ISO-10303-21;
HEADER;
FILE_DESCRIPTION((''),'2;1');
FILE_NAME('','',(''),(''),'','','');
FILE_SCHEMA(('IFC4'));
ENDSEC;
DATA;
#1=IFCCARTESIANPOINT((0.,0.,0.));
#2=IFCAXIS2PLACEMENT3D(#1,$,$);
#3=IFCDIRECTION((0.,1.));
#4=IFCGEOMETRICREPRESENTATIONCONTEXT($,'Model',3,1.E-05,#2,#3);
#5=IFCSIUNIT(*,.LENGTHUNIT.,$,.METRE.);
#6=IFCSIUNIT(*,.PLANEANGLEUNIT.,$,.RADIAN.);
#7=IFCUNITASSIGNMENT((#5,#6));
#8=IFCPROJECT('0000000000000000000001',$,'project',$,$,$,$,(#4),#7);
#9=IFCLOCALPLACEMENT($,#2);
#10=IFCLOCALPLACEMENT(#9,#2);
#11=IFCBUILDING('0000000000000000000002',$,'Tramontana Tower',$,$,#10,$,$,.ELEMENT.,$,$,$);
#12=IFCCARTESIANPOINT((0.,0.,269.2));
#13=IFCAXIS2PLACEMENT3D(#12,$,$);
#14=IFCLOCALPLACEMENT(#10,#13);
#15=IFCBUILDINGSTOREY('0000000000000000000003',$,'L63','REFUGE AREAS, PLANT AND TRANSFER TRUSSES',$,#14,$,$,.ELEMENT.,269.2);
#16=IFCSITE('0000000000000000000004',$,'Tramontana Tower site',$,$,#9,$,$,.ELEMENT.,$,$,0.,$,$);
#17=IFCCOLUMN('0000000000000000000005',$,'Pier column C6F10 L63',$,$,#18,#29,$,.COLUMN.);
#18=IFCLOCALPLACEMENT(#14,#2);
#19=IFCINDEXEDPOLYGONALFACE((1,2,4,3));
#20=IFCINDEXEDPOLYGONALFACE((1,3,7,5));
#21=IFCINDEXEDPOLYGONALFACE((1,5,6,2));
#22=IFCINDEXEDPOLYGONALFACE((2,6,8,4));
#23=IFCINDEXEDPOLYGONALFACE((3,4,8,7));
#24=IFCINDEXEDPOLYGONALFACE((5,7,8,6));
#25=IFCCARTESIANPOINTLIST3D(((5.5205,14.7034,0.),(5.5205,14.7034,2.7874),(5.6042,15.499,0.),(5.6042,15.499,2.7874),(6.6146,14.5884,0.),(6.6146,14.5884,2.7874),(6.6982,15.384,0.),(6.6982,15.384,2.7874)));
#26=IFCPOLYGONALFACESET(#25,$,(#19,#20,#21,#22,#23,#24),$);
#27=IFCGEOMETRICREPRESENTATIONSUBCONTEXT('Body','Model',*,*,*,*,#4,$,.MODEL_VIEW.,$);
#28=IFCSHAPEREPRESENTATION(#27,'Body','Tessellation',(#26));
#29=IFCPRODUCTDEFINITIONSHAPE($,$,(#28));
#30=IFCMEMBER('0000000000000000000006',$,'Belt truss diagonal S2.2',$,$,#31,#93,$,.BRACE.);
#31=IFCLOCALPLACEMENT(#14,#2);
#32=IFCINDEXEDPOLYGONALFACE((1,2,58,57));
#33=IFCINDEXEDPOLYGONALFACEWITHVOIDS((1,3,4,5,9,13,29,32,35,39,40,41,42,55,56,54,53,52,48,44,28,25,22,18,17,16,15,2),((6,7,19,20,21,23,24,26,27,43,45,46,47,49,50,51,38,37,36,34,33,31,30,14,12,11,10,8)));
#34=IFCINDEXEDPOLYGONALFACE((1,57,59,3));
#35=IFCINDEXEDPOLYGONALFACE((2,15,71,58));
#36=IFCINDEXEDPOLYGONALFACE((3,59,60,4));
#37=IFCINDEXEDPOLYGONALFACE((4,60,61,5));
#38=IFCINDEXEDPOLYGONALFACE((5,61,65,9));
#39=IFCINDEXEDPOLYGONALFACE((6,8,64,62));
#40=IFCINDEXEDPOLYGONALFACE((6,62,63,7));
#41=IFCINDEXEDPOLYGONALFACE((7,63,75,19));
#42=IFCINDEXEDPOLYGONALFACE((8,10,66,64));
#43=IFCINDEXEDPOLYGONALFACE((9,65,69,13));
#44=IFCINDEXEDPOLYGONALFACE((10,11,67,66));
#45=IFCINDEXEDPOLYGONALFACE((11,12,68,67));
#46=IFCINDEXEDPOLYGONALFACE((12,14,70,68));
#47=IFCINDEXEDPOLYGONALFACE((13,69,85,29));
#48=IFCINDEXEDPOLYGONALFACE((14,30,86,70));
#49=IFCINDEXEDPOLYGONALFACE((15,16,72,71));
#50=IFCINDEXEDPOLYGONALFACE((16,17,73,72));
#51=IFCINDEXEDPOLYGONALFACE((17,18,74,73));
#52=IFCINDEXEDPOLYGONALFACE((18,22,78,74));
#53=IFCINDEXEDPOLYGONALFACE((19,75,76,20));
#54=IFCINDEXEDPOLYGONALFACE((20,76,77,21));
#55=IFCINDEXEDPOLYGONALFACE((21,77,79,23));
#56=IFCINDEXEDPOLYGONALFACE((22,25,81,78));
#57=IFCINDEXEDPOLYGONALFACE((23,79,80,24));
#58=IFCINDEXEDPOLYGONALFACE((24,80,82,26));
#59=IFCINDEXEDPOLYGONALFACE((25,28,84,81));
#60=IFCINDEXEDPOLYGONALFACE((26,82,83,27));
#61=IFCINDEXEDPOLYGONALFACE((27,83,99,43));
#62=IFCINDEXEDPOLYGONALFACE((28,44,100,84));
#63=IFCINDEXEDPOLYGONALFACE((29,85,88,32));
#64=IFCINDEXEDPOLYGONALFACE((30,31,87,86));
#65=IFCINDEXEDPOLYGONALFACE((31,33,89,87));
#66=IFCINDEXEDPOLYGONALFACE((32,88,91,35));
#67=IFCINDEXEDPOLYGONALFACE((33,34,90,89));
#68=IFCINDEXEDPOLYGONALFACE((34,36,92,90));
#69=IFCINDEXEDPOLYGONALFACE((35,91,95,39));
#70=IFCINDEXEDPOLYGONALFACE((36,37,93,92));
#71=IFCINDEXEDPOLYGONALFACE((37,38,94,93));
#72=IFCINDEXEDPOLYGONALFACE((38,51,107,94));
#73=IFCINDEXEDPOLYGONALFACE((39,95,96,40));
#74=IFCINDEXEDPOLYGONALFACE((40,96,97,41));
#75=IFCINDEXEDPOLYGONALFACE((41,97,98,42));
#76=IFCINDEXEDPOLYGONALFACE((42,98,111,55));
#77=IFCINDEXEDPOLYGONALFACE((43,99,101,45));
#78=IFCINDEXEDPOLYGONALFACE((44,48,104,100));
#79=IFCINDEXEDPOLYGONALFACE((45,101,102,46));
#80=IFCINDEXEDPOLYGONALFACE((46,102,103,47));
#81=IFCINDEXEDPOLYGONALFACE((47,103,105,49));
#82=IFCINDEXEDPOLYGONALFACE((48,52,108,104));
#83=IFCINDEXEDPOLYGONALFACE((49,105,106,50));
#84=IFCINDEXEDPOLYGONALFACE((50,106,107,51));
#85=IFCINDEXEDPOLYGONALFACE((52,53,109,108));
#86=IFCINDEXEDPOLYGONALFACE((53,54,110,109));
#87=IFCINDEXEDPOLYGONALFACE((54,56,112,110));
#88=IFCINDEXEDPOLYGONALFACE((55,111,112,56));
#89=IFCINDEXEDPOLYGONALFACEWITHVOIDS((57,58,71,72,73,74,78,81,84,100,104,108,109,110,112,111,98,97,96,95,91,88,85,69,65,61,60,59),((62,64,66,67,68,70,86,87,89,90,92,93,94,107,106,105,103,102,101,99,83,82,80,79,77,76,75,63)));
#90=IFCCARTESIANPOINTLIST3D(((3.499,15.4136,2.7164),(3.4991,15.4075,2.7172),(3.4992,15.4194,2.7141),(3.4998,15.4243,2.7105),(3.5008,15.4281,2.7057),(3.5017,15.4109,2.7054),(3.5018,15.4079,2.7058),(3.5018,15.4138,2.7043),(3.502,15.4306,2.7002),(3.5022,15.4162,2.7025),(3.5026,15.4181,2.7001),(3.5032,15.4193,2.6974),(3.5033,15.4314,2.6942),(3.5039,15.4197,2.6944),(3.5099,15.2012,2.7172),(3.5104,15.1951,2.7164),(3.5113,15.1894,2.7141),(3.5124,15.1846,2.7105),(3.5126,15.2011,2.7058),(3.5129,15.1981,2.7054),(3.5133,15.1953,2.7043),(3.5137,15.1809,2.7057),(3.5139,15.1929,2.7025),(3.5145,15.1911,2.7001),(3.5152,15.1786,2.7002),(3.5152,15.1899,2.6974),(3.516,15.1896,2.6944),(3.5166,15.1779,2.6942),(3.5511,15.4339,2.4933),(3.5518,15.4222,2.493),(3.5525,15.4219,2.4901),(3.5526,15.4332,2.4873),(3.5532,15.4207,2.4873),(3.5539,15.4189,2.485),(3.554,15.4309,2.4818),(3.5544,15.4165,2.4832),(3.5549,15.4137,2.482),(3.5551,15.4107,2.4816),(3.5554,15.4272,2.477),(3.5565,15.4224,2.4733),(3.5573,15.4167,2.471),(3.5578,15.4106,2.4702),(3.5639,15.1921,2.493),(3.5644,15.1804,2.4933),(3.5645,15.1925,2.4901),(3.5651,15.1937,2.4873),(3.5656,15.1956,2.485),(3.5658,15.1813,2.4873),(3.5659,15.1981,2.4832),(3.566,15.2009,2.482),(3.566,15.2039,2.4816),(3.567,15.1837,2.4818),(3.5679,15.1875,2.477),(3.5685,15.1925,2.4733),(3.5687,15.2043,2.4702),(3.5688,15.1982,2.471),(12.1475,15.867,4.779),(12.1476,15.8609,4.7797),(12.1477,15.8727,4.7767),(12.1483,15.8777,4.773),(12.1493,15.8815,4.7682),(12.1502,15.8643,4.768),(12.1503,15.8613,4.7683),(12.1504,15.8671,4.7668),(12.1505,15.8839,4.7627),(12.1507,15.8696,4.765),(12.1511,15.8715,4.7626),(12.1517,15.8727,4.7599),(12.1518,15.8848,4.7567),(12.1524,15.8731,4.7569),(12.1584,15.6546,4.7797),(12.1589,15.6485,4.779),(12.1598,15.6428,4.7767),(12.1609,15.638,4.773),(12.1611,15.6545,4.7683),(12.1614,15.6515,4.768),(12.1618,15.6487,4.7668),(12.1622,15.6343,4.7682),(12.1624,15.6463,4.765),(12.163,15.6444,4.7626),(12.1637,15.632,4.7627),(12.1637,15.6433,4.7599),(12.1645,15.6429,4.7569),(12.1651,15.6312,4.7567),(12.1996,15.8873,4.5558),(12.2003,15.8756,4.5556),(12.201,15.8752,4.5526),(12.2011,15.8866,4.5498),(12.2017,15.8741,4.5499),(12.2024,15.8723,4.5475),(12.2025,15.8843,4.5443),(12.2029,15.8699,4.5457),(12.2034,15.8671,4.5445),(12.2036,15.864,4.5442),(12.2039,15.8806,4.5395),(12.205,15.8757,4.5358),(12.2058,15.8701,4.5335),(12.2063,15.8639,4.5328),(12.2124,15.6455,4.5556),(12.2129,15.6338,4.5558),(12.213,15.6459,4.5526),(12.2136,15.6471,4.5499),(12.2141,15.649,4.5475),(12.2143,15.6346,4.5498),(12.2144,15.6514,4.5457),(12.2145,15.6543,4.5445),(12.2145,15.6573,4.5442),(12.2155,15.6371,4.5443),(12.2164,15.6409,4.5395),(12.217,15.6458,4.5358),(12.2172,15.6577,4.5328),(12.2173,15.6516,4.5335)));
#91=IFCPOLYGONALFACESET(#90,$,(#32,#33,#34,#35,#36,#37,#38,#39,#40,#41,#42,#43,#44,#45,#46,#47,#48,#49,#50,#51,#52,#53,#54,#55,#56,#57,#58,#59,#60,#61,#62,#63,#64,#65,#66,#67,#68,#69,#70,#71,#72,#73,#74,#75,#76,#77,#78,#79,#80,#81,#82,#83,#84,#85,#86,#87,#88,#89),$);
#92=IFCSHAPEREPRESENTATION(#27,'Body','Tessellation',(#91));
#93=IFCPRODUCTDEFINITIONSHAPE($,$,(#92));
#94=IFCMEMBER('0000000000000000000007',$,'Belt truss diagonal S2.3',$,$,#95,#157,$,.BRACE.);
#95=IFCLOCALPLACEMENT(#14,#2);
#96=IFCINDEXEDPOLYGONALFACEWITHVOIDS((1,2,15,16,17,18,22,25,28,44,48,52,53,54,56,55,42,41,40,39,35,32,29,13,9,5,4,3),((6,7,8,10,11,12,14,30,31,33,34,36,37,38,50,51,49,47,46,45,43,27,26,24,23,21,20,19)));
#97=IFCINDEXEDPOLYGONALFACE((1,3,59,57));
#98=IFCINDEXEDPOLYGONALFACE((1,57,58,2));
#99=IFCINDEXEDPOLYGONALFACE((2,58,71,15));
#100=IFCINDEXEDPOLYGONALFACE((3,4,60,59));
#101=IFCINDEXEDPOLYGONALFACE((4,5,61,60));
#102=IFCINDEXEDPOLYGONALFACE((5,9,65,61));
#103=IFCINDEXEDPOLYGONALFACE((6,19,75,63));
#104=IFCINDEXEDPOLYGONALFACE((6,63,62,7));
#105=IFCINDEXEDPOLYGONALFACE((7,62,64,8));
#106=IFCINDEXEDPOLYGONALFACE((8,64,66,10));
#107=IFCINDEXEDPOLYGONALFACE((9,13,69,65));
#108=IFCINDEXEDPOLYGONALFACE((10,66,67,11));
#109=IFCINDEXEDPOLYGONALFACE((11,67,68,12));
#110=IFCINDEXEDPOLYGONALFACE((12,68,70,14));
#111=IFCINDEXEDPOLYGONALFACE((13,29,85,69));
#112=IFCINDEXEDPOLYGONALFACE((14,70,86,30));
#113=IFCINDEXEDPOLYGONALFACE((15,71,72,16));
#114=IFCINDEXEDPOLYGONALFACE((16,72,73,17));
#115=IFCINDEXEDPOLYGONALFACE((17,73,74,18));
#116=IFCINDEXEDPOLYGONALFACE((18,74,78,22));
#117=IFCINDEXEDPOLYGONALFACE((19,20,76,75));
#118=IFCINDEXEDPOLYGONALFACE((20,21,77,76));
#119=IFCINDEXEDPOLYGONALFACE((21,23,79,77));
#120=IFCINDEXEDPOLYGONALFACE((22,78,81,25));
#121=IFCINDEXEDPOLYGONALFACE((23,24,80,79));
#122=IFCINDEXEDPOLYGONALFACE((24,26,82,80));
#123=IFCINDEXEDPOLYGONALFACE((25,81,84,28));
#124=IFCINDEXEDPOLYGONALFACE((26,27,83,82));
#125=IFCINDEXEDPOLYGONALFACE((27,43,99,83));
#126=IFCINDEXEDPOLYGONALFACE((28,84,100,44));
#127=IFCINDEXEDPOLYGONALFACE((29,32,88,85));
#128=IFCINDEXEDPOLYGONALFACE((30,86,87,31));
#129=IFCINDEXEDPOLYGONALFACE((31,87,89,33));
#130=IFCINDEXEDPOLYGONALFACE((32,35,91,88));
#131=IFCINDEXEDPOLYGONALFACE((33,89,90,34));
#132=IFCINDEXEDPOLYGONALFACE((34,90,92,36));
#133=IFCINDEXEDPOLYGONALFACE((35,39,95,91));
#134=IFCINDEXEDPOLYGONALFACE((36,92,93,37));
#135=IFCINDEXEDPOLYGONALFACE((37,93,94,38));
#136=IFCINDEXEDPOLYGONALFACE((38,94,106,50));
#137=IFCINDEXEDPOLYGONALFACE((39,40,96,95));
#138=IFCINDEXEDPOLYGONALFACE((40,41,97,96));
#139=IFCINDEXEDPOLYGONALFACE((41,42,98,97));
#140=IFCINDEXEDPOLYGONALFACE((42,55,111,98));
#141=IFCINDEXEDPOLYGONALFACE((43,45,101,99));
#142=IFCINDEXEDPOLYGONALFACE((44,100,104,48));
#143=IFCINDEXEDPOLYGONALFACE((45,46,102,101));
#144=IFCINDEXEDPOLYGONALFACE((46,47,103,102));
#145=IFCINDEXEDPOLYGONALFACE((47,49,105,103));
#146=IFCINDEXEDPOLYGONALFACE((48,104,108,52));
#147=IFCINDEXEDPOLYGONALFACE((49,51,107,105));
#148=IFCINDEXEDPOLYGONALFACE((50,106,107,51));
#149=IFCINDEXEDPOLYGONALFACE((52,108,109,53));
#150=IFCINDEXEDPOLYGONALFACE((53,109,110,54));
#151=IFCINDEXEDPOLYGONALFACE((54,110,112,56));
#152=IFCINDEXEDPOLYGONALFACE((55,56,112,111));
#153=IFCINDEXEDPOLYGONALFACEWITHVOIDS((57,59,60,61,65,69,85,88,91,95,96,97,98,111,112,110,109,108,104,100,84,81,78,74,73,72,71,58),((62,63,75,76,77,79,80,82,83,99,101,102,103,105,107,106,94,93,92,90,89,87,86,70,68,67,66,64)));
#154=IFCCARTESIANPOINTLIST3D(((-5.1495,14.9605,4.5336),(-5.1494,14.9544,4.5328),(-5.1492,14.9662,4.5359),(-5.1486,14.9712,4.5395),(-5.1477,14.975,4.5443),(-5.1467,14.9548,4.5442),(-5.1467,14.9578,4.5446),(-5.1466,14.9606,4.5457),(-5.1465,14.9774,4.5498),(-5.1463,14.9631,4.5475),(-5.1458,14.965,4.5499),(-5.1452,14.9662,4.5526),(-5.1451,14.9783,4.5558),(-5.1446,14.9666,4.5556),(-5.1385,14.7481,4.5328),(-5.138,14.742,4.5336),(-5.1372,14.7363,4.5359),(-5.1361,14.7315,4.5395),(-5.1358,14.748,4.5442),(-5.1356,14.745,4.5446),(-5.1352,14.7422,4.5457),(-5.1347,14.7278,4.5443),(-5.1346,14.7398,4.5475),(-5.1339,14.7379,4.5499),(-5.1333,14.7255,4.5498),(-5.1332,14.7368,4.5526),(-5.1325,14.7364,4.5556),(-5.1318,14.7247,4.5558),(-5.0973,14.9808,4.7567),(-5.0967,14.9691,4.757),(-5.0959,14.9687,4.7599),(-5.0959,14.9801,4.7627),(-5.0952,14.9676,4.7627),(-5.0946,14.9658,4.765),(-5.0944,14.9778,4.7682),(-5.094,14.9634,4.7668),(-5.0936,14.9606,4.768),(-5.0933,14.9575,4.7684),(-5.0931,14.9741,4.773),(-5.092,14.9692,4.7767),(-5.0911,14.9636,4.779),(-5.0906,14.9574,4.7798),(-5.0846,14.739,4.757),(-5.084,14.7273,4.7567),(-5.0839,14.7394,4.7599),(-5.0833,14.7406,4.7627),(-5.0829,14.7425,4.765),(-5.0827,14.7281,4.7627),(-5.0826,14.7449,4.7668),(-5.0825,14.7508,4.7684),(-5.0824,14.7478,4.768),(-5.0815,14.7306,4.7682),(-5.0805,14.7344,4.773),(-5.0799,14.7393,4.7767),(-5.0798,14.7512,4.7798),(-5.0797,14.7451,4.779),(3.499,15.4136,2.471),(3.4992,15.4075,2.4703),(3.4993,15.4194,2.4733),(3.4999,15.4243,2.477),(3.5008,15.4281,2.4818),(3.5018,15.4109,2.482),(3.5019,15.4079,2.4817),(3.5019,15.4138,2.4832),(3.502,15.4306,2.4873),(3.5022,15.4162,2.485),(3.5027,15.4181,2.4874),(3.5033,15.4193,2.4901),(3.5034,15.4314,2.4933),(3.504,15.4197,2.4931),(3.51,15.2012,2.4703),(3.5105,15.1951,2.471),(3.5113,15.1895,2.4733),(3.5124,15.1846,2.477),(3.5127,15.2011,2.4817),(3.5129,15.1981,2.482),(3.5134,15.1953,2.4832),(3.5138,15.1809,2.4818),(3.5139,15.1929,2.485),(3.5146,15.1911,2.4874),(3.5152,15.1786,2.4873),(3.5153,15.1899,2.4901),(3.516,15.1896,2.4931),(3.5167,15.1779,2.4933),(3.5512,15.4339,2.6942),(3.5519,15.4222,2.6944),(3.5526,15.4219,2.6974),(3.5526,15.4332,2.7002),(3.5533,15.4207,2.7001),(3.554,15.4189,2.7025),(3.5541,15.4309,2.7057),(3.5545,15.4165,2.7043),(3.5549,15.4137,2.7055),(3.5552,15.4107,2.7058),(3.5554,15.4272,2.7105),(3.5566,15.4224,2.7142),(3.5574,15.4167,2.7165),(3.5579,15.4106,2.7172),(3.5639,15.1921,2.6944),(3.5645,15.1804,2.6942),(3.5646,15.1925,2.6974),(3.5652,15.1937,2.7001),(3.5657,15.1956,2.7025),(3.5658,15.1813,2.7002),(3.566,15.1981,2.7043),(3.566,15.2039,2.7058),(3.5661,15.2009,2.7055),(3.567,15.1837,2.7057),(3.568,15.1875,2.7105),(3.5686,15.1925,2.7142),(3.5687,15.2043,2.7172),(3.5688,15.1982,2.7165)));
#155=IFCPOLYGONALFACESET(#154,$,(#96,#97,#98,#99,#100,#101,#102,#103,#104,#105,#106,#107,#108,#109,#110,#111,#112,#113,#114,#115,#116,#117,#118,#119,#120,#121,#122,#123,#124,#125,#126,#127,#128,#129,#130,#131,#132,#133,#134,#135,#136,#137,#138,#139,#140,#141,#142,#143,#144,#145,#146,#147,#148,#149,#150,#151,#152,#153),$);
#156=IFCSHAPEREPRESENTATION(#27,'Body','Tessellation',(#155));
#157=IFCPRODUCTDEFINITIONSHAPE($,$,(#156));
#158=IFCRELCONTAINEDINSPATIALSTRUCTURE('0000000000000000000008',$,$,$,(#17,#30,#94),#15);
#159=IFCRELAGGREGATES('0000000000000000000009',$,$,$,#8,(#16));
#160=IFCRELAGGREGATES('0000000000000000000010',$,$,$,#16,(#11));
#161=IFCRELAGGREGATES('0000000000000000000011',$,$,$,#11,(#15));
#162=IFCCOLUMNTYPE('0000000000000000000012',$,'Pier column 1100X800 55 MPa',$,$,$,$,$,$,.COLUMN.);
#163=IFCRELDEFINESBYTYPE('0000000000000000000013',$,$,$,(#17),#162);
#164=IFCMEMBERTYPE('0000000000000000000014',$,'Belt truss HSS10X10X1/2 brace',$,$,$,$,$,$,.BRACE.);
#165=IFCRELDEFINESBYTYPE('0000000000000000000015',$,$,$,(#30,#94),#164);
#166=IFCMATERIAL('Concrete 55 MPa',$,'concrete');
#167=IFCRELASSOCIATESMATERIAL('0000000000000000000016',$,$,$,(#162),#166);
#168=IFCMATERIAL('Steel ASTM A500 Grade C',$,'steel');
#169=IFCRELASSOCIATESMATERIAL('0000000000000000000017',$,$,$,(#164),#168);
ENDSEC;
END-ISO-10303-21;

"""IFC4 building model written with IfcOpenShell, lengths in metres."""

from ifc_helpers import new_model, si_unit, direction, frame, origin, origin_2d, place, context, subcontext, project, spatial, rectangle, hollow_rectangle, extrude, material, material_profile, profile_set, type_object, element, save


model = new_model("IFC4")

# Units and contexts
model_context = context("Model", 3, precision=1e-05, world=origin(), true_north=direction((0.0, 1.0)))
body_context = subcontext(model_context, "Body", "Model", "MODEL_VIEW")
ifc_project = project(units=[si_unit("LENGTHUNIT", "METRE"), si_unit("PLANEANGLEUNIT", "RADIAN")], contexts=[model_context])

# Site, building, storey
site_placement = place(None, origin())
site = spatial("IfcSite", under=ifc_project, at=site_placement, Name="Tramontana Tower site", CompositionType="ELEMENT", RefElevation=0.0)
building_placement = place(site_placement, origin())
building = spatial("IfcBuilding", under=site, at=building_placement, Name="Tramontana Tower", CompositionType="ELEMENT")
storey_placement = place(building_placement, frame((0.0, 0.0, 269.2)))
storey = spatial("IfcBuildingStorey", under=building, at=storey_placement, Name="L63", Description="REFUGE AREAS, PLANT AND TRANSFER TRUSSES", CompositionType="ELEMENT", Elevation=269.2)

# Column
ifc_material_1 = material(Name="Concrete 55 MPa", Category="concrete")
ifc_material_profile_1 = material_profile(ifc_material_1, rectangle(XDim=1.1001, YDim=0.8, at=origin_2d()), Name="Pier column 1100X800 55 MPa")
ifc_profile_set_1 = profile_set([ifc_material_profile_1], Name="Concrete 55 MPa")
column_type = type_object("IfcColumnType", Name="Pier column 1100X800 55 MPa", PredefinedType="COLUMN", material=ifc_profile_set_1)
column_placement = place(storey_placement, frame((6.1094, 15.0437, 0.0), z_axis=(0.0, 0.0, 1.0), x_axis=(-0.994522, 0.104528, 0.0)))
element("IfcColumn", 1, at=column_placement, inside=storey, type_object=column_type, Name="Pier column C6F10 L63", PredefinedType="COLUMN", context=body_context, shape_type="SweptSolid", body=[
    extrude(rectangle(XDim=1.1001, YDim=0.8, at=origin_2d()), origin(), (0.0, 0.0, 1.0), 2.7874),
])

# Members
ifc_material_2 = material(Name="Steel ASTM A500 Grade C", Category="steel")
ifc_material_profile_2 = material_profile(ifc_material_2, hollow_rectangle(XDim=0.2539, YDim=0.2539, WallThickness=0.0117, InnerFilletRadius=0.0117, OuterFilletRadius=0.0237, at=origin_2d()), Name="HSS10X10X1/2")
ifc_profile_set_2 = profile_set([ifc_material_profile_2], Name="Steel ASTM A500 Grade C")
member_type_1 = type_object("IfcMemberType", Name="Belt truss HSS10X10X1/2 brace", PredefinedType="BRACE", material=ifc_profile_set_2)
for number, where, z_axis, x_axis, name in (
    (2, (12.1824, 15.7593, 4.6562), (-0.971459, -0.050926, -0.231676), (0.05235, -0.998629, 0.0), "Belt truss diagonal S2.2"),
    (3, (3.5339, 15.3059, 2.5938), (-0.97146, -0.050899, 0.231676), (0.052322, -0.99863, 0.0), "Belt truss diagonal S2.3"),
):
    element("IfcMember", number, at=place(storey_placement, frame(where, z_axis=z_axis, x_axis=x_axis)), inside=storey, type_object=member_type_1, Name=name, PredefinedType="BRACE", context=body_context, shape_type="SweptSolid", body=[
        extrude(hollow_rectangle(XDim=0.2539, YDim=0.2539, WallThickness=0.0117, InnerFilletRadius=0.0117, OuterFilletRadius=0.0237, at=origin_2d()), origin(), (0.0, 0.0, 1.0), 8.9026),
    ])

save(model, "model.ifc")
